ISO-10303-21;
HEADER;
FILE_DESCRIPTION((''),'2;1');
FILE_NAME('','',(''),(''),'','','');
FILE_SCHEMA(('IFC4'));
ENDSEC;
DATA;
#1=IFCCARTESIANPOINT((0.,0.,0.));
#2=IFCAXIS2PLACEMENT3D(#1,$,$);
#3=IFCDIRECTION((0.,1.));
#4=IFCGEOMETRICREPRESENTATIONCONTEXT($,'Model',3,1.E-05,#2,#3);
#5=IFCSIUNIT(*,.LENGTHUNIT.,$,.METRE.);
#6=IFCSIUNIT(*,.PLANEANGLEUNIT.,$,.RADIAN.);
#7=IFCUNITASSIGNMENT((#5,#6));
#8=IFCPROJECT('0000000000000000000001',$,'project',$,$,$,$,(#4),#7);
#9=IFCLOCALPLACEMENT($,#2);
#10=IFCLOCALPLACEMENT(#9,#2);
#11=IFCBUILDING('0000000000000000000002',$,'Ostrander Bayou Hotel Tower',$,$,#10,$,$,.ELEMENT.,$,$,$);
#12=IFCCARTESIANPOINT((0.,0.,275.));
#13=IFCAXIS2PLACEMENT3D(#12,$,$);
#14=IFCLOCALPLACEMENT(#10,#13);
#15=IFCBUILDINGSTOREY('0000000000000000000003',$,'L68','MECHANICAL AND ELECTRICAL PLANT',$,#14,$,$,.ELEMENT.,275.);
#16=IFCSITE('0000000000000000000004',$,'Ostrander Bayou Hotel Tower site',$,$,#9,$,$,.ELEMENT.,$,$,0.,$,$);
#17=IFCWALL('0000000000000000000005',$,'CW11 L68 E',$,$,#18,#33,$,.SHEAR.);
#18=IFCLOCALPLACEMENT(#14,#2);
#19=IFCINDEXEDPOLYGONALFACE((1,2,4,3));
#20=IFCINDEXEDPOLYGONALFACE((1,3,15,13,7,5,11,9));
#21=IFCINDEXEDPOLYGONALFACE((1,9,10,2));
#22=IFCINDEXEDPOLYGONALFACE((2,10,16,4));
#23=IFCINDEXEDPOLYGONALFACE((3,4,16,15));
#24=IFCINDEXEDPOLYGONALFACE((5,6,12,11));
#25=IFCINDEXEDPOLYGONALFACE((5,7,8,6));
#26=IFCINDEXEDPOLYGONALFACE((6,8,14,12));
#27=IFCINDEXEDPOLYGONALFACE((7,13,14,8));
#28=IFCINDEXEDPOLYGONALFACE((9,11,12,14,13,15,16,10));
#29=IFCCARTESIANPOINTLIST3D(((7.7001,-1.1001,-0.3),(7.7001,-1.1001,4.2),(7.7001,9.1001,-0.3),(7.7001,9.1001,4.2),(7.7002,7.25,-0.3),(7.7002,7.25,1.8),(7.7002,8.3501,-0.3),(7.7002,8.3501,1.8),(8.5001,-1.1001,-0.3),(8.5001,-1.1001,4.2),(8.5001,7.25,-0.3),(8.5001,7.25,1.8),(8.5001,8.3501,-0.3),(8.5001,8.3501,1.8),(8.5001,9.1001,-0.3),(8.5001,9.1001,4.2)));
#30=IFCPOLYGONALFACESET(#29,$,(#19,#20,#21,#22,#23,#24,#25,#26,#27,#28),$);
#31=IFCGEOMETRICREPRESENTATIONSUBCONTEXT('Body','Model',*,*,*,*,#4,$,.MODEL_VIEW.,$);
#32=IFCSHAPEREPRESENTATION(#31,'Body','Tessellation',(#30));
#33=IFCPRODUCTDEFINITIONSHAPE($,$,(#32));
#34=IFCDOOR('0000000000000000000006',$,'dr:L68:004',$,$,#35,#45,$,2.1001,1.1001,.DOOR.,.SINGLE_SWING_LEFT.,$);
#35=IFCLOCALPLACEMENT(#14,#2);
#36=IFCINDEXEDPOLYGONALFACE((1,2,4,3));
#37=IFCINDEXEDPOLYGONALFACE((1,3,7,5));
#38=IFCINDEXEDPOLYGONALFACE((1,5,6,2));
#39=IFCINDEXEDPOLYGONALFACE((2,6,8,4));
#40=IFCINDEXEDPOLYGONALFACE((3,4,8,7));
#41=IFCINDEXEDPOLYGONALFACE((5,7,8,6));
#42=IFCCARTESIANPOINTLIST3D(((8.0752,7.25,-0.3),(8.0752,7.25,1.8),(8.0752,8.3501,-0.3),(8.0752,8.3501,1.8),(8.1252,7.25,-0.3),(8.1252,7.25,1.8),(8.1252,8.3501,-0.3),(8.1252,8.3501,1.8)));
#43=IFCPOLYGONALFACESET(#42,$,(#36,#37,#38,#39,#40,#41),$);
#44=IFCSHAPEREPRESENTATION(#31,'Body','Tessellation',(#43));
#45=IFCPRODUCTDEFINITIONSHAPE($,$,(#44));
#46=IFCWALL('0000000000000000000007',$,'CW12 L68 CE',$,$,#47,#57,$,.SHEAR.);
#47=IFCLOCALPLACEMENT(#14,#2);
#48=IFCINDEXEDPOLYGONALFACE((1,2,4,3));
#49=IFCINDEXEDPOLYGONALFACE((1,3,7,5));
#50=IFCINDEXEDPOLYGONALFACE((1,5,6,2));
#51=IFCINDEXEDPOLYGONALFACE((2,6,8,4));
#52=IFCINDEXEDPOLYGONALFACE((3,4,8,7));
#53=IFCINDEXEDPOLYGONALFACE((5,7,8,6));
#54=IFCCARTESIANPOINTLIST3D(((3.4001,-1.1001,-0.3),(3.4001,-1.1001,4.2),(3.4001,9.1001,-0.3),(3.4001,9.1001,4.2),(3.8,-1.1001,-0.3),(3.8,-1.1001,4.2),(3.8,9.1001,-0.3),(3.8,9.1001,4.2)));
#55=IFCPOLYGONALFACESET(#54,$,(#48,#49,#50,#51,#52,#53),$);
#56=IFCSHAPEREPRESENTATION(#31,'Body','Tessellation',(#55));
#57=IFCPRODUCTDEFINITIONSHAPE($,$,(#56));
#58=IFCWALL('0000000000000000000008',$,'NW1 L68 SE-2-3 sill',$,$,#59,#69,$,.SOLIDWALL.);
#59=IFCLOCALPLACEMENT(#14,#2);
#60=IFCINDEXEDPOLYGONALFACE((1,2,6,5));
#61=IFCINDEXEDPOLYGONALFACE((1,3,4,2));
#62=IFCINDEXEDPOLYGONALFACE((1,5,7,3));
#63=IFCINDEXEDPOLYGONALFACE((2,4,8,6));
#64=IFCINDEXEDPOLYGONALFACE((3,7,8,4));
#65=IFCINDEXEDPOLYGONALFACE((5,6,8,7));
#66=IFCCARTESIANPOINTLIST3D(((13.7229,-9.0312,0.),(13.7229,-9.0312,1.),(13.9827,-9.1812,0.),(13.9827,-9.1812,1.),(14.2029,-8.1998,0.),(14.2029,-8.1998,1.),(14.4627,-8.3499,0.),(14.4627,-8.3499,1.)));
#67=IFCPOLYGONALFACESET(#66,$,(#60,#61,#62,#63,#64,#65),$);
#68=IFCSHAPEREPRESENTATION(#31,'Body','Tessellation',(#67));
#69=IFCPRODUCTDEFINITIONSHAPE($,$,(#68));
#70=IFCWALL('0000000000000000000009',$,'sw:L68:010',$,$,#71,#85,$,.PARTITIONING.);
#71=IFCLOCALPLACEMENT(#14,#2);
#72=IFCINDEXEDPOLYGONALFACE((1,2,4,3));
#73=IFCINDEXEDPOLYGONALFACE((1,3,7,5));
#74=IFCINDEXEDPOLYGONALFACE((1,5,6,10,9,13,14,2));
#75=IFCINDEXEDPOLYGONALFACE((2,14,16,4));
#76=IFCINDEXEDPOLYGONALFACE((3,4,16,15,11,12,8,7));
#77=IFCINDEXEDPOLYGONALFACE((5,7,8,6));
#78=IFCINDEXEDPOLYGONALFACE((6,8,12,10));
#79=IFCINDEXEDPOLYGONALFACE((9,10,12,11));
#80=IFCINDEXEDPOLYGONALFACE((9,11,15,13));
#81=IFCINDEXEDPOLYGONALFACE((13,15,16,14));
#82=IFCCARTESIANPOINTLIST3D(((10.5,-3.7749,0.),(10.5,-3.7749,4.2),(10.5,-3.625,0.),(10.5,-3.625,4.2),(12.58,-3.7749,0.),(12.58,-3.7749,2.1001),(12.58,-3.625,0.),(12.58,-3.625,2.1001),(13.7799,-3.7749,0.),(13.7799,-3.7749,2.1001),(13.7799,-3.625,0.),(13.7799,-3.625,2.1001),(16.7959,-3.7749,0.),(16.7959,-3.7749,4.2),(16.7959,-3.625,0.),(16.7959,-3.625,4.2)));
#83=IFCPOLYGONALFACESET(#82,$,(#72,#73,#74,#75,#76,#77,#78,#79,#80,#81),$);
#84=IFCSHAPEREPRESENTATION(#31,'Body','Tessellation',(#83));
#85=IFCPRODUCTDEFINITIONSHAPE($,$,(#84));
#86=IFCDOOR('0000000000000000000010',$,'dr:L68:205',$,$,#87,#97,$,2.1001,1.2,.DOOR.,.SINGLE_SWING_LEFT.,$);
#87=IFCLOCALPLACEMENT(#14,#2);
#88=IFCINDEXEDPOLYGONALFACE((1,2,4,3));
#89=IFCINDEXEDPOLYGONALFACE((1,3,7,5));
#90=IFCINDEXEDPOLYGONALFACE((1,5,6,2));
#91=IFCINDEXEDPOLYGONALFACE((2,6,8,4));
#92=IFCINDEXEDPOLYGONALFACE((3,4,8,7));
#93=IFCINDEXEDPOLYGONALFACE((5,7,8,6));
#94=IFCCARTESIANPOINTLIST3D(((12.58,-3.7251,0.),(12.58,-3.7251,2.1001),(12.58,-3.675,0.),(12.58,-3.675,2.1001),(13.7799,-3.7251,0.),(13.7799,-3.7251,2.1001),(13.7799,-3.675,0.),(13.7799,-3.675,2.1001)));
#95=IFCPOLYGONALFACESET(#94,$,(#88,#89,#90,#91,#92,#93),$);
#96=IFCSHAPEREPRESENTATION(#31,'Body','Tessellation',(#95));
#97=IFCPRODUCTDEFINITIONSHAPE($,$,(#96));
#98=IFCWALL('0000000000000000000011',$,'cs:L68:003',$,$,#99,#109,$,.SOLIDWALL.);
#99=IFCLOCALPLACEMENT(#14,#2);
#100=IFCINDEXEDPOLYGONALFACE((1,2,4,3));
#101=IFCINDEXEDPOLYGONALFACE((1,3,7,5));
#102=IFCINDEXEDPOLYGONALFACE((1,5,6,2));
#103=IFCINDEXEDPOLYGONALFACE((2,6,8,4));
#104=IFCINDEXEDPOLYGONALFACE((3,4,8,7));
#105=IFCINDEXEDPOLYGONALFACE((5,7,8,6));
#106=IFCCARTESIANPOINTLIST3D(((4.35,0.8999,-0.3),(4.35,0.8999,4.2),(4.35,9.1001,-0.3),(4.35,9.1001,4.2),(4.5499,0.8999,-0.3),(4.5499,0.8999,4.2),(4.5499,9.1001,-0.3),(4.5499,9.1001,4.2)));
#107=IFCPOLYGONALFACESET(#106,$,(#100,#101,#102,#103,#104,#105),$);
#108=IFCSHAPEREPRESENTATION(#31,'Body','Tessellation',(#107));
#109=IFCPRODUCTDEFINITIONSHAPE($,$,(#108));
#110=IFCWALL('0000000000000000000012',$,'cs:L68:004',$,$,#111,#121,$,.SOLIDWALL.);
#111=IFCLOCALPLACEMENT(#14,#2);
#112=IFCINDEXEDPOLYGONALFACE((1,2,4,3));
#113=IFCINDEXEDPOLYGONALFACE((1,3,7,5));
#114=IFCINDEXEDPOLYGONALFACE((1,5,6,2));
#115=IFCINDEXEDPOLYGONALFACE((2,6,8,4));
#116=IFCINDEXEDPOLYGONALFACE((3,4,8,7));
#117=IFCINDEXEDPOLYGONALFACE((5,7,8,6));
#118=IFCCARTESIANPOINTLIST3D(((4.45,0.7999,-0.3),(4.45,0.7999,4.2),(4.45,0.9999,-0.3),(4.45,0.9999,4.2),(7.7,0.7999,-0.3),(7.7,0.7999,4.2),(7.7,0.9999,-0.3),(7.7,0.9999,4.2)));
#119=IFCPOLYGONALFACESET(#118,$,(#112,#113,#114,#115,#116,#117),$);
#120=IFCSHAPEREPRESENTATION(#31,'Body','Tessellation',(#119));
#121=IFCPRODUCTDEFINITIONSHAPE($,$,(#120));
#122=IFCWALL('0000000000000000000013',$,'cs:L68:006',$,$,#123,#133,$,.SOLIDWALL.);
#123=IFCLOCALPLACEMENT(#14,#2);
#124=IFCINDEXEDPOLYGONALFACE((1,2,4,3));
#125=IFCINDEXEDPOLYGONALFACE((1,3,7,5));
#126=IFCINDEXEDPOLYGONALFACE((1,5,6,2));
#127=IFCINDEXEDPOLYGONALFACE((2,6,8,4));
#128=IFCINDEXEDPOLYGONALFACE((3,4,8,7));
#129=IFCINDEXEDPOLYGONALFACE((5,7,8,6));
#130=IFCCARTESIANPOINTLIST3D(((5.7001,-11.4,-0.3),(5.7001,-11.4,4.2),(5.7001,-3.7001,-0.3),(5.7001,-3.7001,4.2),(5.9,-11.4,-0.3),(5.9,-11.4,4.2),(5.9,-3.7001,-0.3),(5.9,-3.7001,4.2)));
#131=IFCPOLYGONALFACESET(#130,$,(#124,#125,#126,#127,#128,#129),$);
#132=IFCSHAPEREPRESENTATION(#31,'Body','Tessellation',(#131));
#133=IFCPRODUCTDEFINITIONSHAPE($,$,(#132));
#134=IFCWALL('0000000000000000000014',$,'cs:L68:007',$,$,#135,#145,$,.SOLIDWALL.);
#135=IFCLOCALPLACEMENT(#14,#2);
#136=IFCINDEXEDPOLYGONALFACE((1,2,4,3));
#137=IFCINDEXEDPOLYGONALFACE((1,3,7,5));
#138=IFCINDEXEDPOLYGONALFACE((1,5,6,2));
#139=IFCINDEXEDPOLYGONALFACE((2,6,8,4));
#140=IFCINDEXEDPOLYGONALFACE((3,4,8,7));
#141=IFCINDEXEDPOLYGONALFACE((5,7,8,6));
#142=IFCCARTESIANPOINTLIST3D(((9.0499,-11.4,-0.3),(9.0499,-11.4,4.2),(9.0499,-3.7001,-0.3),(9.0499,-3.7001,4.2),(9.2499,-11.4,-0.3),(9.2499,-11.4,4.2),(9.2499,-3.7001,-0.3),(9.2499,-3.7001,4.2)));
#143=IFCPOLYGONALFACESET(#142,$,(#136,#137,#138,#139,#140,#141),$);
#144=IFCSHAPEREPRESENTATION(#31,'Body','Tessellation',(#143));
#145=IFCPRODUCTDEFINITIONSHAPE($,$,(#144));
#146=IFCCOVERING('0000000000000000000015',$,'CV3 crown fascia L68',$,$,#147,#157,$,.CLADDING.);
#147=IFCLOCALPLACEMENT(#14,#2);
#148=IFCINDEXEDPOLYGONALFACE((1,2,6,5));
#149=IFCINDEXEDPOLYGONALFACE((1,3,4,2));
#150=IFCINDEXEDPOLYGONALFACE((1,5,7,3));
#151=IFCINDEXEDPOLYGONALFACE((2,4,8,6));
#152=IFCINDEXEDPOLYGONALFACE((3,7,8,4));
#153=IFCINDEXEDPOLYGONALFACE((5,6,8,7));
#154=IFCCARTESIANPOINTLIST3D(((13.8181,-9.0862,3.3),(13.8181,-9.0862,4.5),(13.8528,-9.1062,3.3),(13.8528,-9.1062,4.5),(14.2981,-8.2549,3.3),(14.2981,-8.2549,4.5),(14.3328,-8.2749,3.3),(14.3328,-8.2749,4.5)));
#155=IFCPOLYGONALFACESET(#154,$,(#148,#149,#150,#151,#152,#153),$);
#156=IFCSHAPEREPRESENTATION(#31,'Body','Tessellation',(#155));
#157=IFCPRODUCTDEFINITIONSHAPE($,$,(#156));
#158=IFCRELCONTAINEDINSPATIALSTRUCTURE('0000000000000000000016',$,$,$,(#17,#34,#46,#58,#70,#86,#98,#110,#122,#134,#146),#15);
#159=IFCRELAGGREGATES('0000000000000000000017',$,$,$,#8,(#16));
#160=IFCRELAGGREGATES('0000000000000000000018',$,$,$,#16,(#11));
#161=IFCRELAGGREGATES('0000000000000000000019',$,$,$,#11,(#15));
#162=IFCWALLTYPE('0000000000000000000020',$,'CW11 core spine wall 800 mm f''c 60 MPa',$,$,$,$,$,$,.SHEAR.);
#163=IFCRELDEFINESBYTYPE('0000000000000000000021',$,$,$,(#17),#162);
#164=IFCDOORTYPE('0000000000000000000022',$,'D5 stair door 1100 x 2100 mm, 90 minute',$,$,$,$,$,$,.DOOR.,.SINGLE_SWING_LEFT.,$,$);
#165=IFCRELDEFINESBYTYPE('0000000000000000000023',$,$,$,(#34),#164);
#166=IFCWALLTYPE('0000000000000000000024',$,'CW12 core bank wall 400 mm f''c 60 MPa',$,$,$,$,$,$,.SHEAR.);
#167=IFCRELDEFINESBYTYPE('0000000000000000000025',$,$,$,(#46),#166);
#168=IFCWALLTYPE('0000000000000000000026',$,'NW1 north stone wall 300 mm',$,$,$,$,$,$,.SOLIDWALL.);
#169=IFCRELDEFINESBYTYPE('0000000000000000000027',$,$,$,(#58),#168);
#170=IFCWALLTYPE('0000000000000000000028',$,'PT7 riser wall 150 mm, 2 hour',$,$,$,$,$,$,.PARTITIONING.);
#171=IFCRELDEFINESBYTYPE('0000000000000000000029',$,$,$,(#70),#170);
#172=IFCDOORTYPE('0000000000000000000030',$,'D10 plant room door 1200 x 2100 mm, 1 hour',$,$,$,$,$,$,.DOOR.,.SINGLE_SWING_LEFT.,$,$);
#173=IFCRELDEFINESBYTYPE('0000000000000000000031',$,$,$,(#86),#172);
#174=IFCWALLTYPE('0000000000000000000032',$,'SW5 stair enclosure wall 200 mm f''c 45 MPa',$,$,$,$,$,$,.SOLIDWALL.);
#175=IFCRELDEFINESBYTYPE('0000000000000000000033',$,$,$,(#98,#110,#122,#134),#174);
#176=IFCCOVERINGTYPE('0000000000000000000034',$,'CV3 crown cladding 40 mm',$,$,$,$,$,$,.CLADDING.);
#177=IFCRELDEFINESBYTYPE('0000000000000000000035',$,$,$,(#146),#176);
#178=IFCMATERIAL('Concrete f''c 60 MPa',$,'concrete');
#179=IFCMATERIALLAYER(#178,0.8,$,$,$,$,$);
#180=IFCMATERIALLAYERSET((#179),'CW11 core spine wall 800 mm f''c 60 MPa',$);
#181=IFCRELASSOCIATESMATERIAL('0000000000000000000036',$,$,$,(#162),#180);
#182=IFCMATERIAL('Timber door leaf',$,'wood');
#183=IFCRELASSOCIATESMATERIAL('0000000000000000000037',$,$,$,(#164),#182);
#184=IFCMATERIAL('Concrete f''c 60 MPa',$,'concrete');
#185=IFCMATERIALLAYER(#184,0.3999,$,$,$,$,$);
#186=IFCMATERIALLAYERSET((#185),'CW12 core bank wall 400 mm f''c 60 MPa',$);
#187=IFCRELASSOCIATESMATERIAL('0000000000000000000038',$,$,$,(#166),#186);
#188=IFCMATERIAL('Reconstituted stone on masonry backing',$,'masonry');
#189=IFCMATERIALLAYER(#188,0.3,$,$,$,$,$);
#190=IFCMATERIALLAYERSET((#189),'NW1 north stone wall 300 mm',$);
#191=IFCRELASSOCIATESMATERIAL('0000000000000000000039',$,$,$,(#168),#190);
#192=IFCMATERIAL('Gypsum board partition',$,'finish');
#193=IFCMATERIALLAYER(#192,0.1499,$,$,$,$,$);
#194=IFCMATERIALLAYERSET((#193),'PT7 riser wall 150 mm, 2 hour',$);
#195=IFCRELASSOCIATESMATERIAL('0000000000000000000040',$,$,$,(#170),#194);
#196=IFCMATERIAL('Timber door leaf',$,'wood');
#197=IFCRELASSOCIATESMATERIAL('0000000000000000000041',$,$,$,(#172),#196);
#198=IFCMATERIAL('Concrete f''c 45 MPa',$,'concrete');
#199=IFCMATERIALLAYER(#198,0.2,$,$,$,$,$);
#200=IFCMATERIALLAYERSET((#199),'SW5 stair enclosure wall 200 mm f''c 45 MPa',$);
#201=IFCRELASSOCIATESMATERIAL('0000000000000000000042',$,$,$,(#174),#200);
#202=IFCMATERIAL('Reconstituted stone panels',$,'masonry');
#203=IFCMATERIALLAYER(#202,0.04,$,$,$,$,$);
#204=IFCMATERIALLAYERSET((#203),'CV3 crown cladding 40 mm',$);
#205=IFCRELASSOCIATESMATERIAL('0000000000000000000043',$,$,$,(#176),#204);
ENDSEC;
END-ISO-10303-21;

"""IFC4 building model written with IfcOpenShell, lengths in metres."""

from ifc_helpers import new_model, si_unit, direction, frame, frame_2d, origin, place, context, subcontext, project, spatial, polyline, rectangle, outline, extrude, material, layer, layer_set, type_object, element, fill, save


model = new_model("IFC4")

# Units and contexts
model_context = context("Model", 3, precision=1e-05, world=origin(), true_north=direction((0.0, 1.0)))
body_context = subcontext(model_context, "Body", "Model", "MODEL_VIEW")
ifc_project = project(units=[si_unit("LENGTHUNIT", "METRE"), si_unit("PLANEANGLEUNIT", "RADIAN")], contexts=[model_context])

# Site, building, storey
site_placement = place(None, origin())
site = spatial("IfcSite", under=ifc_project, at=site_placement, Name="Ostrander Bayou Hotel Tower site", CompositionType="ELEMENT", RefElevation=0.0)
building_placement = place(site_placement, origin())
building = spatial("IfcBuilding", under=site, at=building_placement, Name="Ostrander Bayou Hotel Tower", CompositionType="ELEMENT")
storey_placement = place(building_placement, frame((0.0, 0.0, 275.0)))
storey = spatial("IfcBuildingStorey", under=building, at=storey_placement, Name="L68", Description="MECHANICAL AND ELECTRICAL PLANT", CompositionType="ELEMENT", Elevation=275.0)

# Wall, opening, door
ifc_material_1 = material(Name="Concrete f'c 60 MPa", Category="concrete")
ifc_layer_1 = layer(ifc_material_1, 0.8)
ifc_layer_set_1 = layer_set([ifc_layer_1], Name="CW11 core spine wall 800 mm f'c 60 MPa")
wall_type_1 = type_object("IfcWallType", Name="CW11 core spine wall 800 mm f'c 60 MPa", PredefinedType="SHEAR", material=ifc_layer_set_1)
wall_1_placement = place(storey_placement, frame((8.1001, -1.1001, -0.3), z_axis=(0.0, 0.0, 1.0), x_axis=(0.0, 1.0, 0.0)))
wall_1 = element("IfcWall", 1, at=wall_1_placement, inside=storey, type_object=wall_type_1, Name="CW11 L68 E", PredefinedType="SHEAR", context=body_context, shape_type="SweptSolid", body=[
    extrude(rectangle(XDim=10.2002, YDim=0.8, at=frame_2d((5.1001, 0.0))), origin(), (0.0, 0.0, 1.0), 4.5),
])
opening_1_placement = place(wall_1_placement, frame((8.3501, 0.0, 0.0)))
opening_1 = element("IfcOpeningElement", 2, at=opening_1_placement, cuts=wall_1, PredefinedType="OPENING", context=body_context, shape_type="SweptSolid", body=[
    extrude(rectangle(XDim=1.1001, YDim=2.1001, at=frame_2d((0.55, 1.05))), frame((0.0, 0.3999, 0.0), z_axis=(0.0, -1.0, 0.0), x_axis=(1.0, 0.0, 0.0)), (0.0, 0.0, 1.0), 0.8),
])
ifc_material_2 = material(Name="Timber door leaf", Category="wood")
door_type_1 = type_object("IfcDoorType", Name="D5 stair door 1100 x 2100 mm, 90 minute", OperationType="SINGLE_SWING_LEFT", PredefinedType="DOOR", material=ifc_material_2)
door_1_placement = place(opening_1_placement, origin())
door_1 = element("IfcDoor", 3, at=door_1_placement, inside=storey, type_object=door_type_1, Name="dr:L68:004", OperationType="SINGLE_SWING_LEFT", OverallHeight=2.1001, OverallWidth=1.1001, PredefinedType="DOOR", context=body_context, shape_type="SweptSolid", body=[
    extrude(rectangle(XDim=1.1001, YDim=2.1001, at=frame_2d((0.55, 1.05))), frame((0.0, 0.0249, 0.0), z_axis=(0.0, -1.0, 0.0), x_axis=(1.0, 0.0, 0.0)), (0.0, 0.0, 1.0), 0.05),
])
fill(opening_1, door_1)

# Walls
ifc_material_3 = material(Name="Concrete f'c 60 MPa", Category="concrete")
ifc_layer_2 = layer(ifc_material_3, 0.3999)
ifc_layer_set_2 = layer_set([ifc_layer_2], Name="CW12 core bank wall 400 mm f'c 60 MPa")
wall_type_2 = type_object("IfcWallType", Name="CW12 core bank wall 400 mm f'c 60 MPa", PredefinedType="SHEAR", material=ifc_layer_set_2)
wall_2_placement = place(storey_placement, frame((3.6001, -1.1001, -0.3), z_axis=(0.0, 0.0, 1.0), x_axis=(0.0, 1.0, 0.0)))
element("IfcWall", 4, at=wall_2_placement, inside=storey, type_object=wall_type_2, Name="CW12 L68 CE", PredefinedType="SHEAR", context=body_context, shape_type="SweptSolid", body=[
    extrude(rectangle(XDim=10.2002, YDim=0.3999, at=frame_2d((5.1001, 0.0))), origin(), (0.0, 0.0, 1.0), 4.5),
])
ifc_material_4 = material(Name="Reconstituted stone on masonry backing", Category="masonry")
ifc_layer_3 = layer(ifc_material_4, 0.3)
ifc_layer_set_3 = layer_set([ifc_layer_3], Name="NW1 north stone wall 300 mm")
wall_type_3 = type_object("IfcWallType", Name="NW1 north stone wall 300 mm", PredefinedType="SOLIDWALL", material=ifc_layer_set_3)
wall_3_placement = place(storey_placement, frame((13.8528, -9.1062, 0.0), z_axis=(0.0, 0.0, 1.0), x_axis=(0.500023, 0.866012, 0.0)))
element("IfcWall", 5, at=wall_3_placement, inside=storey, type_object=wall_type_3, Name="NW1 L68 SE-2-3 sill", PredefinedType="SOLIDWALL", context=body_context, shape_type="SweptSolid", body=[
    extrude(rectangle(XDim=0.96, YDim=0.3, at=frame_2d((0.48, 0.0))), origin(), (0.0, 0.0, 1.0), 1.0),
])

# Wall, opening, door
ifc_material_5 = material(Name="Gypsum board partition", Category="finish")
ifc_layer_4 = layer(ifc_material_5, 0.1499)
ifc_layer_set_4 = layer_set([ifc_layer_4], Name="PT7 riser wall 150 mm, 2 hour")
wall_type_4 = type_object("IfcWallType", Name="PT7 riser wall 150 mm, 2 hour", PredefinedType="PARTITIONING", material=ifc_layer_set_4)
wall_4_placement = place(storey_placement, frame((10.5, -3.7, 0.0), z_axis=(0.0, 0.0, 1.0), x_axis=(1.0, 0.0, 0.0)))
wall_4 = element("IfcWall", 6, at=wall_4_placement, inside=storey, type_object=wall_type_4, Name="sw:L68:010", PredefinedType="PARTITIONING", context=body_context, shape_type="SweptSolid", body=[
    extrude(rectangle(XDim=6.2959, YDim=0.1499, at=frame_2d((3.1479, 0.0))), origin(), (0.0, 0.0, 1.0), 4.2),
])
opening_2_placement = place(wall_4_placement, frame((2.0798, 0.0, 0.0)))
opening_2 = element("IfcOpeningElement", 7, at=opening_2_placement, cuts=wall_4, PredefinedType="OPENING", context=body_context, shape_type="SweptSolid", body=[
    extrude(rectangle(XDim=1.2, YDim=2.1001, at=frame_2d((0.6001, 1.05))), frame((0.0, 0.075, 0.0), z_axis=(0.0, -1.0, 0.0), x_axis=(1.0, 0.0, 0.0)), (0.0, 0.0, 1.0), 0.1499),
])
ifc_material_6 = material(Name="Timber door leaf", Category="wood")
door_type_2 = type_object("IfcDoorType", Name="D10 plant room door 1200 x 2100 mm, 1 hour", OperationType="SINGLE_SWING_LEFT", PredefinedType="DOOR", material=ifc_material_6)
door_2_placement = place(opening_2_placement, origin())
door_2 = element("IfcDoor", 8, at=door_2_placement, inside=storey, type_object=door_type_2, Name="dr:L68:205", OperationType="SINGLE_SWING_LEFT", OverallHeight=2.1001, OverallWidth=1.2, PredefinedType="DOOR", context=body_context, shape_type="SweptSolid", body=[
    extrude(rectangle(XDim=1.2, YDim=2.1001, at=frame_2d((0.6001, 1.05))), frame((0.0, 0.0249, 0.0), z_axis=(0.0, -1.0, 0.0), x_axis=(1.0, 0.0, 0.0)), (0.0, 0.0, 1.0), 0.05),
])
fill(opening_2, door_2)

# Walls
ifc_material_7 = material(Name="Concrete f'c 45 MPa", Category="concrete")
ifc_layer_5 = layer(ifc_material_7, 0.2)
ifc_layer_set_5 = layer_set([ifc_layer_5], Name="SW5 stair enclosure wall 200 mm f'c 45 MPa")
wall_type_5 = type_object("IfcWallType", Name="SW5 stair enclosure wall 200 mm f'c 45 MPa", PredefinedType="SOLIDWALL", material=ifc_layer_set_5)
wall_5_placement = place(storey_placement, frame((4.45, 0.8999, -0.3), z_axis=(0.0, 0.0, 1.0), x_axis=(0.0, 1.0, 0.0)))
element("IfcWall", 9, at=wall_5_placement, inside=storey, type_object=wall_type_5, Name="cs:L68:003", PredefinedType="SOLIDWALL", context=body_context, shape_type="SweptSolid", body=[
    extrude(rectangle(XDim=8.2002, YDim=0.2, at=frame_2d((4.1001, 0.0))), origin(), (0.0, 0.0, 1.0), 4.5),
])
wall_6_placement = place(storey_placement, frame((4.45, 0.8999, -0.3), z_axis=(0.0, 0.0, 1.0), x_axis=(1.0, 0.0, 0.0)))
element("IfcWall", 10, at=wall_6_placement, inside=storey, type_object=wall_type_5, Name="cs:L68:004", PredefinedType="SOLIDWALL", context=body_context, shape_type="SweptSolid", body=[
    extrude(rectangle(XDim=3.25, YDim=0.2, at=frame_2d((1.625, 0.0))), origin(), (0.0, 0.0, 1.0), 4.5),
])

# Walls
for number, where, z_axis, x_axis, name in (
    (11, (5.8, -3.7, -0.3), (0.0, 0.0, 1.0), (0.0, -1.0, 0.0), "cs:L68:006"),
    (12, (9.1499, -3.7, -0.3), (0.0, 0.0, 1.0), (0.0, -1.0, 0.0), "cs:L68:007"),
):
    element("IfcWall", number, at=place(storey_placement, frame(where, z_axis=z_axis, x_axis=x_axis)), inside=storey, type_object=wall_type_5, Name=name, PredefinedType="SOLIDWALL", context=body_context, shape_type="SweptSolid", body=[
        extrude(rectangle(XDim=7.7, YDim=0.2, at=frame_2d((3.8501, 0.0))), origin(), (0.0, 0.0, 1.0), 4.5),
    ])

# Covering
ifc_material_8 = material(Name="Reconstituted stone panels", Category="masonry")
ifc_layer_6 = layer(ifc_material_8, 0.04)
ifc_layer_set_6 = layer_set([ifc_layer_6], Name="CV3 crown cladding 40 mm")
covering_type = type_object("IfcCoveringType", Name="CV3 crown cladding 40 mm", PredefinedType="CLADDING", material=ifc_layer_set_6)
covering_placement = place(storey_placement, frame((13.8528, -9.1062, 3.3), z_axis=(0.866012, -0.500023, 0.0), x_axis=(0.500023, 0.866012, 0.0)))
element("IfcCovering", 13, at=covering_placement, inside=storey, type_object=covering_type, Name="CV3 crown fascia L68", PredefinedType="CLADDING", context=body_context, shape_type="SweptSolid", body=[
    extrude(outline(polyline([(0.0, 0.0), (0.9599, 0.0), (0.9599, 1.2), (0.0, 1.2), (0.0, 0.0)])), origin(), (0.0, 0.0, -1.0), 0.04),
])

save(model, "model.ifc")
